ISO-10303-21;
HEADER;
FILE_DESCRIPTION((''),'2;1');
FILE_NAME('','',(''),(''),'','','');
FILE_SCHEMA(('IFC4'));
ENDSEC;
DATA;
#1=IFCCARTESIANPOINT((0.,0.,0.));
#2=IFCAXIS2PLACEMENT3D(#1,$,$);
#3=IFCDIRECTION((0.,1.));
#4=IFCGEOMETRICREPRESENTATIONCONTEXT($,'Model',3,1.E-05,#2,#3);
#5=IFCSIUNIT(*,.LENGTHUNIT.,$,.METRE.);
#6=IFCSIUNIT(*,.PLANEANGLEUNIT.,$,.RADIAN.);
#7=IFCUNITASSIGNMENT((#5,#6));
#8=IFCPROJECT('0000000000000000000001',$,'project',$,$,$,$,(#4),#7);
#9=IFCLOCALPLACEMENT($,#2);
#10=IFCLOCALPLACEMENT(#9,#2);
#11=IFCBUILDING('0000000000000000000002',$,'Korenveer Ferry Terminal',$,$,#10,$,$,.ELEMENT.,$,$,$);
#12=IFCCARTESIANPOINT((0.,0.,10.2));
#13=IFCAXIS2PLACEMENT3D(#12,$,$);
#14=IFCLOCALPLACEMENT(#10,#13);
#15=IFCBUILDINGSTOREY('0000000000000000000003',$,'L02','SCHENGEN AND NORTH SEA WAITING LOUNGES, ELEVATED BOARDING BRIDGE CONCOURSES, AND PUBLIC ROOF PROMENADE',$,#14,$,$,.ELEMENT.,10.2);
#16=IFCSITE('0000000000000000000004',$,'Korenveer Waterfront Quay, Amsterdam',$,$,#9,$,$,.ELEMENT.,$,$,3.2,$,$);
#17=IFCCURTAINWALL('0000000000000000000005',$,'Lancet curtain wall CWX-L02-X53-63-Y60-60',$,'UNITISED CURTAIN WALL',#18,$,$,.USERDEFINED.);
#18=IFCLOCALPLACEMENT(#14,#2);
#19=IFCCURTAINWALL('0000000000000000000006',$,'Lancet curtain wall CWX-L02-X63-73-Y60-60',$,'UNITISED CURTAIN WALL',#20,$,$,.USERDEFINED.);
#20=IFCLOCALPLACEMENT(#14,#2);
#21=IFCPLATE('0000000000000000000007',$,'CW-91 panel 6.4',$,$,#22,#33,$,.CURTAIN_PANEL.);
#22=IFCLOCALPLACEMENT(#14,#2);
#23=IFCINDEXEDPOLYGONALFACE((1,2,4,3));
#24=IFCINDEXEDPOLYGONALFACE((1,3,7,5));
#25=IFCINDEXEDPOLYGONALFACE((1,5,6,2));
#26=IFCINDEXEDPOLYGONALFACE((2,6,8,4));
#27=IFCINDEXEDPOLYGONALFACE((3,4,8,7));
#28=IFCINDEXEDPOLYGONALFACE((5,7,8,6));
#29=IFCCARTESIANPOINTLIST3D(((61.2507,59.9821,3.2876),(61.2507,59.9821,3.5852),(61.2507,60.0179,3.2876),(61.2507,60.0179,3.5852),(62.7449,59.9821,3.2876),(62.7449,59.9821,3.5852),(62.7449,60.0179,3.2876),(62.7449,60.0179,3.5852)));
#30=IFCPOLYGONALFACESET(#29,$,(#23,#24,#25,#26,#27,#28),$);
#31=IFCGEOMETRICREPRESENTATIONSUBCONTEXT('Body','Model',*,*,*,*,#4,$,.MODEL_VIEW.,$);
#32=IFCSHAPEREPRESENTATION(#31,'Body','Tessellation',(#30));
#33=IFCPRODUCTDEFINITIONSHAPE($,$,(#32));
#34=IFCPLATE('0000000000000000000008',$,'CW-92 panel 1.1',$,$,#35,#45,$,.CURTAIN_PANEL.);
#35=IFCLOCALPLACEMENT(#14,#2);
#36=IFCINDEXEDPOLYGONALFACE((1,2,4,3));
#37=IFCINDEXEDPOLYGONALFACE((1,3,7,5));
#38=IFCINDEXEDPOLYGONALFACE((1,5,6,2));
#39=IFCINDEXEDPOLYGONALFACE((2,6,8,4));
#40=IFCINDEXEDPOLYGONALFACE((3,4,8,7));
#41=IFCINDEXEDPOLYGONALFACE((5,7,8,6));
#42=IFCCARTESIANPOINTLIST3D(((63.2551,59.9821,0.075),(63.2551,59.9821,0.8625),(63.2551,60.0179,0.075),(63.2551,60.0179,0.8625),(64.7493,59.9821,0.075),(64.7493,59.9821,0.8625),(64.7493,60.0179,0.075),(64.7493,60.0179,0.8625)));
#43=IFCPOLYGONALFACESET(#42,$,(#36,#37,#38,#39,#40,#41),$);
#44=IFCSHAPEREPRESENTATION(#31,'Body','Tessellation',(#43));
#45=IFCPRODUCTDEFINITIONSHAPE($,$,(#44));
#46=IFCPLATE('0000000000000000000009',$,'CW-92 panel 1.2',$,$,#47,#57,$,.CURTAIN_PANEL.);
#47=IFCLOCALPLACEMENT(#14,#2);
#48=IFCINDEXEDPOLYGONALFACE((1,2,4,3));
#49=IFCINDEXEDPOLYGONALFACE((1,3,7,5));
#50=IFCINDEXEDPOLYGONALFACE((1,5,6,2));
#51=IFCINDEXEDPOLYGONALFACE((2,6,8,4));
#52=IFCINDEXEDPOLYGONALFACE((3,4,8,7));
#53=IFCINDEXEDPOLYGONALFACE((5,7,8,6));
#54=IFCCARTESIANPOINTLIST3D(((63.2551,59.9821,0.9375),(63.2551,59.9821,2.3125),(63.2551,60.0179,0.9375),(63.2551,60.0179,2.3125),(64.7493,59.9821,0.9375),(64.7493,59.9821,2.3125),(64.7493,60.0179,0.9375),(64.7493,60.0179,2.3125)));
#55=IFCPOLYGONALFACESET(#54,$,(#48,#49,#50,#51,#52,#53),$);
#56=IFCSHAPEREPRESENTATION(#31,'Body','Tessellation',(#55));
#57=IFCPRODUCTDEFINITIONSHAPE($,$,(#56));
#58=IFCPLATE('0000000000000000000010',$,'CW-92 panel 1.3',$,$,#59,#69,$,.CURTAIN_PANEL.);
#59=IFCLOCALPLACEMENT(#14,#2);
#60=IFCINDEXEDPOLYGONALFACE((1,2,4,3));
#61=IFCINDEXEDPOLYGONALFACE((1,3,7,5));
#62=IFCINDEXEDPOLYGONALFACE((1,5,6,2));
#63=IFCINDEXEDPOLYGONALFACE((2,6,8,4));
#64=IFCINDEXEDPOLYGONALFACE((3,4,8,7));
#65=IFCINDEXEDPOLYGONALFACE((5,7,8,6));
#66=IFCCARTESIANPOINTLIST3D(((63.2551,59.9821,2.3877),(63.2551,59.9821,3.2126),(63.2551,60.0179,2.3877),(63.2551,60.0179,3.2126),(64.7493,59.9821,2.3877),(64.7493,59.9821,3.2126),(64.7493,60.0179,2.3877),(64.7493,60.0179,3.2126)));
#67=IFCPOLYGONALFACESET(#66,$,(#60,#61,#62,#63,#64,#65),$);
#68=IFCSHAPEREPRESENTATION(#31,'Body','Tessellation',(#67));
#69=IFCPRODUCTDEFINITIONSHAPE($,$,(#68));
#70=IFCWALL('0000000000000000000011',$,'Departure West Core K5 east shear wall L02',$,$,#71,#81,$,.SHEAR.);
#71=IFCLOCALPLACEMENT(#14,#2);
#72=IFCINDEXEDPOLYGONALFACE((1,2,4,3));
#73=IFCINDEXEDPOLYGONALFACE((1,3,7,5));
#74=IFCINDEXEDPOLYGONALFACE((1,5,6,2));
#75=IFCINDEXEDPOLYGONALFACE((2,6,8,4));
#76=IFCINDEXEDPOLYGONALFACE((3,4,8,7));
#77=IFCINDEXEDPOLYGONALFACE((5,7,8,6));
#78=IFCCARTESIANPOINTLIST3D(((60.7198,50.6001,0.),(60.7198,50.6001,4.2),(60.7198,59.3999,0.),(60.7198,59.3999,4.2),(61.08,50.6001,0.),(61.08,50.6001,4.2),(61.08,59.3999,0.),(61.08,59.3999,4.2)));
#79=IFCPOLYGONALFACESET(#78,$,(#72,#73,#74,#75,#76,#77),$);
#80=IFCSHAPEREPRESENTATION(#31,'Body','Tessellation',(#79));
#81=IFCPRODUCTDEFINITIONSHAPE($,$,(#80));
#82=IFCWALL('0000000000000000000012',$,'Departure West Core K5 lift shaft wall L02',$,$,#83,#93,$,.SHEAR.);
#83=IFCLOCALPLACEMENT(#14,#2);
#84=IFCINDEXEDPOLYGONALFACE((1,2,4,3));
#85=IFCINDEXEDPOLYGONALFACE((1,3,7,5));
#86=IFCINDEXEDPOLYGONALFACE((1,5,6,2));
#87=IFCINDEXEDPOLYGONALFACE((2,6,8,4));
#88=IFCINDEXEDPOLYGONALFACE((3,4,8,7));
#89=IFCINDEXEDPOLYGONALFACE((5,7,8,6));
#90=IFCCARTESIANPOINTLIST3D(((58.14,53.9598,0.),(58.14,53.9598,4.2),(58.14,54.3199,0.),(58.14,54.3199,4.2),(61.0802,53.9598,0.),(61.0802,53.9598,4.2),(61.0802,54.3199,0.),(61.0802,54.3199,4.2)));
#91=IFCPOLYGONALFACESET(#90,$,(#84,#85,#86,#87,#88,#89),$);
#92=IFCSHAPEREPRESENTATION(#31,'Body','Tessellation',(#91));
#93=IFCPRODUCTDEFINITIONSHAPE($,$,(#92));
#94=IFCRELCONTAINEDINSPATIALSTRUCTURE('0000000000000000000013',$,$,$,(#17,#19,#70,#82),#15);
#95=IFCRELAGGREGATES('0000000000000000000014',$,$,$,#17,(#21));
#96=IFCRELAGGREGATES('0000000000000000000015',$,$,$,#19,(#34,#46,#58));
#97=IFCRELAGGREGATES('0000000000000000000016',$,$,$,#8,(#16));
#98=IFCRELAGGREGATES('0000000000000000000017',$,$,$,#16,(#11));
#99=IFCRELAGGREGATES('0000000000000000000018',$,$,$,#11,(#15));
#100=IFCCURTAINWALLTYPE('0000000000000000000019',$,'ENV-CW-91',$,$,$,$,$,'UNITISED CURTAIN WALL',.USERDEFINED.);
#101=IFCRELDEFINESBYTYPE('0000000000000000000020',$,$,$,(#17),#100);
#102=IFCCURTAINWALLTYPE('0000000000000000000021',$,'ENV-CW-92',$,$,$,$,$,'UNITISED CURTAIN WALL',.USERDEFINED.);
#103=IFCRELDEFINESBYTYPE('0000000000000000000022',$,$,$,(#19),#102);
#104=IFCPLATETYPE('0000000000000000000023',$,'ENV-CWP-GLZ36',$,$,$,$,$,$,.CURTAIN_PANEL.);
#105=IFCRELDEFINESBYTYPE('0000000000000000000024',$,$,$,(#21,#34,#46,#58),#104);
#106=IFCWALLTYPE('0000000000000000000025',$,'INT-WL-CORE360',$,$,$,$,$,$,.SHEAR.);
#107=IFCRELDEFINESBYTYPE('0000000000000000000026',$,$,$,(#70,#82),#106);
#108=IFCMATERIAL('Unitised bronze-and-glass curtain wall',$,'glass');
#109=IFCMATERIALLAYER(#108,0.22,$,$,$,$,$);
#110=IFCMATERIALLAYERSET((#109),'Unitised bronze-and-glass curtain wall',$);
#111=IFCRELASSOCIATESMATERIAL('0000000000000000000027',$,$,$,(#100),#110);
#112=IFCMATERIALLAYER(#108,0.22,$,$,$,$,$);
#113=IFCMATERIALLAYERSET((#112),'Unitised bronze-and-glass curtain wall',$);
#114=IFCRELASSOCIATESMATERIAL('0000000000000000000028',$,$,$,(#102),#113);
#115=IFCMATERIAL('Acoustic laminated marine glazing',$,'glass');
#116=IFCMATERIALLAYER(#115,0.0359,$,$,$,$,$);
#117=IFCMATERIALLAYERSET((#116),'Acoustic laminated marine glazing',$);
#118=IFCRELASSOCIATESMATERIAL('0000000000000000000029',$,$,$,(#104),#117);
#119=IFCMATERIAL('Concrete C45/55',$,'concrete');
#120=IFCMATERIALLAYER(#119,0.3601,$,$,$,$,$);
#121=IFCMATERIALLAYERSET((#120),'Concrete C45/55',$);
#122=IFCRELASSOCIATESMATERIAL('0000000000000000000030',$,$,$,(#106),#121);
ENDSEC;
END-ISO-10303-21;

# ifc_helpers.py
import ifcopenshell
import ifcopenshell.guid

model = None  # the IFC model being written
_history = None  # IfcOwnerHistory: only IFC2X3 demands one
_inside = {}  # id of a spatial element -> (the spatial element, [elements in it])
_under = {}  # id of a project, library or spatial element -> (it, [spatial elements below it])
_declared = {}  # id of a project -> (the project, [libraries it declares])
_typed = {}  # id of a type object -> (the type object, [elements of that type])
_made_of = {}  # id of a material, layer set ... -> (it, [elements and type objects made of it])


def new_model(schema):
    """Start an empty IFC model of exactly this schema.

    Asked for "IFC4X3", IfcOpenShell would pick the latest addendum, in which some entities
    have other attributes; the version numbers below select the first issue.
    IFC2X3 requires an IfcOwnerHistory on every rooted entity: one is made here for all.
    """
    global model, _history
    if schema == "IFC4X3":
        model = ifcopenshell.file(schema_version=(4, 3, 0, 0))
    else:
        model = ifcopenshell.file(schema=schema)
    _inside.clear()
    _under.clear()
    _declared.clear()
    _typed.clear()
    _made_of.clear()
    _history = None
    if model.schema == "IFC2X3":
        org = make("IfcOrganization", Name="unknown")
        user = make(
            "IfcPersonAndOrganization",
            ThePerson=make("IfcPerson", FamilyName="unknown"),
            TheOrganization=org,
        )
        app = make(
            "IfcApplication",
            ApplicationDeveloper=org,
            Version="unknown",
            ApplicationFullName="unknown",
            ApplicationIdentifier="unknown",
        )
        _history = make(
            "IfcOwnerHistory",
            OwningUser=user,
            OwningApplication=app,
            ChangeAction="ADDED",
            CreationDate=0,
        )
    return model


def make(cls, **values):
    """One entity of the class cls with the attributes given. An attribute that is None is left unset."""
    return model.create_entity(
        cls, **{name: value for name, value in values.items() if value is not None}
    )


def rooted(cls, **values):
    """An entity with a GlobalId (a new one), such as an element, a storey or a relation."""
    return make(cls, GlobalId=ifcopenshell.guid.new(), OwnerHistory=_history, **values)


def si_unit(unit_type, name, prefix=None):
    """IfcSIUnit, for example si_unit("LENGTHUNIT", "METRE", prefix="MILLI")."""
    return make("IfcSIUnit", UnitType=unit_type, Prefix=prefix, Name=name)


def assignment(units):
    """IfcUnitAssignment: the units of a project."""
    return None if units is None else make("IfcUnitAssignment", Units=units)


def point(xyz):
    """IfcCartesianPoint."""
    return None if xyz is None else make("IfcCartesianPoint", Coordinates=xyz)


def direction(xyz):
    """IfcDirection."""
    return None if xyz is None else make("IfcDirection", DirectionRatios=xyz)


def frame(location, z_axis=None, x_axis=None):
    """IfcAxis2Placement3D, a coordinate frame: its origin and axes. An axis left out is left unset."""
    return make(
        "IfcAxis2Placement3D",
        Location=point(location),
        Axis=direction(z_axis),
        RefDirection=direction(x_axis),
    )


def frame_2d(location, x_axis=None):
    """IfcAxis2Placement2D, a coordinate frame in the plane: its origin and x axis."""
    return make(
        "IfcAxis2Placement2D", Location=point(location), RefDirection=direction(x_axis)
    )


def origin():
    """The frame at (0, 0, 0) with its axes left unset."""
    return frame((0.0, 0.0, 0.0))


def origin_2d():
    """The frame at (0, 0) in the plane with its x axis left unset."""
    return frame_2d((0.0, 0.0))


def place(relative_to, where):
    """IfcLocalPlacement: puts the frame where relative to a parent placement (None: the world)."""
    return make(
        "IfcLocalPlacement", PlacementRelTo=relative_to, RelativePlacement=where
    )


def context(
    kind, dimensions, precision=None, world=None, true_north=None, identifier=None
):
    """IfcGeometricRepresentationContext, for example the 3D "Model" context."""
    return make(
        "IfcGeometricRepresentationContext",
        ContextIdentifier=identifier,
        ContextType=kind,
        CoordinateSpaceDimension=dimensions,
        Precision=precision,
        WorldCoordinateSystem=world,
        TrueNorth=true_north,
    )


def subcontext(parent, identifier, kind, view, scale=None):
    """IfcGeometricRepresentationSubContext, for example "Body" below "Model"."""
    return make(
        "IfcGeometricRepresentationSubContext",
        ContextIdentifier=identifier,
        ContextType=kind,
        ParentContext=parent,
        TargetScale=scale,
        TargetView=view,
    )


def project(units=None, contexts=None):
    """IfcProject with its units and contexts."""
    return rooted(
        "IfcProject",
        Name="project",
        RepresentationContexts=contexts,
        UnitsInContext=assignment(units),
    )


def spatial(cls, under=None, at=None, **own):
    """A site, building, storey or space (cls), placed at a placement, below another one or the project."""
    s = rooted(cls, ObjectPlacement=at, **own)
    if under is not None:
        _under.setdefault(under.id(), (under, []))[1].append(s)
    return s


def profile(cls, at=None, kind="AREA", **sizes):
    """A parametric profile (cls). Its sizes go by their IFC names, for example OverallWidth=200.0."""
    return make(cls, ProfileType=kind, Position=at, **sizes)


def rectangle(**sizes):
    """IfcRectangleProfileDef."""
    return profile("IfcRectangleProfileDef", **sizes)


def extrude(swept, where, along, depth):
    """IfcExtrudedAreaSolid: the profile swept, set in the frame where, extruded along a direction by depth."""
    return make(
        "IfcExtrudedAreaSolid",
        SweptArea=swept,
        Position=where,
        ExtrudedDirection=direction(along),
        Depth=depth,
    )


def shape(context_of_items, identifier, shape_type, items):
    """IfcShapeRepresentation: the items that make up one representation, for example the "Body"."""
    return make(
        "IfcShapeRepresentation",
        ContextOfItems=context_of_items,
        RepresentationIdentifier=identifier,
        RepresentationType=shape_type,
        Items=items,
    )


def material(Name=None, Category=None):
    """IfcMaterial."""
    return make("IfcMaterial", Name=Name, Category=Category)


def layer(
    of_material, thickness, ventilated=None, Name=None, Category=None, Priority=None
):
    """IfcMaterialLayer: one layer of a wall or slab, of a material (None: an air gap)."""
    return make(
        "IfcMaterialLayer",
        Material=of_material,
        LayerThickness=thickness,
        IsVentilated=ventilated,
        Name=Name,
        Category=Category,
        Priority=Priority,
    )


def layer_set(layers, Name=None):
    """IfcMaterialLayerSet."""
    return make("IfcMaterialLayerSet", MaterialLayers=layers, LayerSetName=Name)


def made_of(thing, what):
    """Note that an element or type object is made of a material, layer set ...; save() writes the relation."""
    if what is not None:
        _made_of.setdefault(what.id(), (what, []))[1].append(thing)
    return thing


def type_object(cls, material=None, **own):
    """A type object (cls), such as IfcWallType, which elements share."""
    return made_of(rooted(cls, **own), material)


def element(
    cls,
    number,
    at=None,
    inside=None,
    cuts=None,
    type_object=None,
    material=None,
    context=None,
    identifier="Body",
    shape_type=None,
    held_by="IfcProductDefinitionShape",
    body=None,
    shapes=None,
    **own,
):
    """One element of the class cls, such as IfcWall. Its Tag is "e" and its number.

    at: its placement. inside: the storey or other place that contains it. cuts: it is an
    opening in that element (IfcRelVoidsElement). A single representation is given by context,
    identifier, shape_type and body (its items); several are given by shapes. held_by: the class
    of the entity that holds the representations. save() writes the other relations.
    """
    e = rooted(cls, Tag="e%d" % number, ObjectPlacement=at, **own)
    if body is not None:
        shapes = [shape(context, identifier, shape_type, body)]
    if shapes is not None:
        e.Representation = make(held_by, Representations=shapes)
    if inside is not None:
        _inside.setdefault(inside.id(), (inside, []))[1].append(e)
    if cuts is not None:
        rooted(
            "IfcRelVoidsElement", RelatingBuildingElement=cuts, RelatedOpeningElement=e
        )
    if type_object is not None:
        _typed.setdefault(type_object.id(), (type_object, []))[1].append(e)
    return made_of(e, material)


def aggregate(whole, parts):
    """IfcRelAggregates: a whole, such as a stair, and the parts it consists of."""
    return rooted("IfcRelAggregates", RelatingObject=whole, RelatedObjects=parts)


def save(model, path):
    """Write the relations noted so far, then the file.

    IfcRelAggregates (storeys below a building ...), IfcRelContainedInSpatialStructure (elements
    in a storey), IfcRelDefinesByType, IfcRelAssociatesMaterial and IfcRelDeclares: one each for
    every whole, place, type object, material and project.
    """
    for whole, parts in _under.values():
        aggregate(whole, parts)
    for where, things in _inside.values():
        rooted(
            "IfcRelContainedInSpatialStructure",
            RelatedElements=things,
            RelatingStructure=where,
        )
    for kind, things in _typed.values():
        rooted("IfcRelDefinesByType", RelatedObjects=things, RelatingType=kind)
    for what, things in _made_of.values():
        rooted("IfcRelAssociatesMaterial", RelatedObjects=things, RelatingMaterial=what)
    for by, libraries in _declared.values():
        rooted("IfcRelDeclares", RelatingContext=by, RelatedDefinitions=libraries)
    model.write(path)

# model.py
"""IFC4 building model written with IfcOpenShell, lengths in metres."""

from ifc_helpers import new_model, si_unit, direction, frame, frame_2d, origin, origin_2d, place, context, subcontext, project, spatial, rectangle, extrude, material, layer, layer_set, type_object, element, aggregate, save


model = new_model("IFC4")

# Units and contexts
model_context = context("Model", 3, precision=1e-05, world=origin(), true_north=direction((0.0, 1.0)))
body_context = subcontext(model_context, "Body", "Model", "MODEL_VIEW")
ifc_project = project(units=[si_unit("LENGTHUNIT", "METRE"), si_unit("PLANEANGLEUNIT", "RADIAN")], contexts=[model_context])

# Site, building, storey
site_placement = place(None, origin())
site = spatial("IfcSite", under=ifc_project, at=site_placement, Name="Korenveer Waterfront Quay, Amsterdam", CompositionType="ELEMENT", RefElevation=3.2)
building_placement = place(site_placement, origin())
building = spatial("IfcBuilding", under=site, at=building_placement, Name="Korenveer Ferry Terminal", CompositionType="ELEMENT")
storey_placement = place(building_placement, frame((0.0, 0.0, 10.2)))
storey = spatial("IfcBuildingStorey", under=building, at=storey_placement, Name="L02", Description="SCHENGEN AND NORTH SEA WAITING LOUNGES, ELEVATED BOARDING BRIDGE CONCOURSES, AND PUBLIC ROOF PROMENADE", CompositionType="ELEMENT", Elevation=10.2)

# Curtain wall
ifc_material_1 = material(Name="Unitised bronze-and-glass curtain wall", Category="glass")
ifc_layer_1 = layer(ifc_material_1, 0.22)
ifc_layer_set_1 = layer_set([ifc_layer_1], Name="Unitised bronze-and-glass curtain wall")
curtain_wall_type_1 = type_object("IfcCurtainWallType", Name="ENV-CW-91", ElementType="UNITISED CURTAIN WALL", PredefinedType="USERDEFINED", material=ifc_layer_set_1)
curtain_wall_1_placement = place(storey_placement, frame((53.1799, 60.0, 0.0)))
curtain_wall_1 = element("IfcCurtainWall", 1, at=curtain_wall_1_placement, inside=storey, type_object=curtain_wall_type_1, Name="Lancet curtain wall CWX-L02-X53-63-Y60-60", ObjectType="UNITISED CURTAIN WALL", PredefinedType="USERDEFINED")

# Curtain wall
ifc_layer_2 = layer(ifc_material_1, 0.22)
ifc_layer_set_2 = layer_set([ifc_layer_2], Name="Unitised bronze-and-glass curtain wall")
curtain_wall_type_2 = type_object("IfcCurtainWallType", Name="ENV-CW-92", ElementType="UNITISED CURTAIN WALL", PredefinedType="USERDEFINED", material=ifc_layer_set_2)
curtain_wall_2_placement = place(storey_placement, frame((63.1799, 60.0, 0.0)))
curtain_wall_2 = element("IfcCurtainWall", 2, at=curtain_wall_2_placement, inside=storey, type_object=curtain_wall_type_2, Name="Lancet curtain wall CWX-L02-X63-73-Y60-60", ObjectType="UNITISED CURTAIN WALL", PredefinedType="USERDEFINED")

# Plates
ifc_material_2 = material(Name="Acoustic laminated marine glazing", Category="glass")
ifc_layer_3 = layer(ifc_material_2, 0.0359)
ifc_layer_set_3 = layer_set([ifc_layer_3], Name="Acoustic laminated marine glazing")
plate_type = type_object("IfcPlateType", Name="ENV-CWP-GLZ36", PredefinedType="CURTAIN_PANEL", material=ifc_layer_set_3)
plate_1_placement = place(storey_placement, frame((61.9978, 60.0, 3.2876), z_axis=(0.0, 0.0, 1.0), x_axis=(1.0, 0.0, 0.0)))
plate_1 = element("IfcPlate", 3, at=plate_1_placement, type_object=plate_type, Name="CW-91 panel 6.4", PredefinedType="CURTAIN_PANEL", context=body_context, shape_type="SweptSolid", body=[
    extrude(rectangle(XDim=1.4941, YDim=0.0359, at=origin_2d()), origin(), (0.0, 0.0, 1.0), 0.2976),
])
aggregate(curtain_wall_1, [plate_1])
plate_2_placement = place(storey_placement, frame((64.0022, 60.0, 0.075), z_axis=(0.0, 0.0, 1.0), x_axis=(1.0, 0.0, 0.0)))
plate_2 = element("IfcPlate", 4, at=plate_2_placement, type_object=plate_type, Name="CW-92 panel 1.1", PredefinedType="CURTAIN_PANEL", context=body_context, shape_type="SweptSolid", body=[
    extrude(rectangle(XDim=1.4941, YDim=0.0359, at=origin_2d()), origin(), (0.0, 0.0, 1.0), 0.7876),
])
plate_3_placement = place(storey_placement, frame((64.0022, 60.0, 0.9375), z_axis=(0.0, 0.0, 1.0), x_axis=(1.0, 0.0, 0.0)))
plate_3 = element("IfcPlate", 5, at=plate_3_placement, type_object=plate_type, Name="CW-92 panel 1.2", PredefinedType="CURTAIN_PANEL", context=body_context, shape_type="SweptSolid", body=[
    extrude(rectangle(XDim=1.4941, YDim=0.0359, at=origin_2d()), origin(), (0.0, 0.0, 1.0), 1.375),
])
plate_4_placement = place(storey_placement, frame((64.0022, 60.0, 2.3877), z_axis=(0.0, 0.0, 1.0), x_axis=(1.0, 0.0, 0.0)))
plate_4 = element("IfcPlate", 6, at=plate_4_placement, type_object=plate_type, Name="CW-92 panel 1.3", PredefinedType="CURTAIN_PANEL", context=body_context, shape_type="SweptSolid", body=[
    extrude(rectangle(XDim=1.4941, YDim=0.0359, at=origin_2d()), origin(), (0.0, 0.0, 1.0), 0.825),
])
aggregate(curtain_wall_2, [plate_2, plate_3, plate_4])

# Walls
ifc_material_3 = material(Name="Concrete C45/55", Category="concrete")
ifc_layer_4 = layer(ifc_material_3, 0.3601)
ifc_layer_set_4 = layer_set([ifc_layer_4], Name="Concrete C45/55")
wall_type = type_object("IfcWallType", Name="INT-WL-CORE360", PredefinedType="SHEAR", material=ifc_layer_set_4)
wall_1_placement = place(storey_placement, frame((60.8999, 50.6001, 0.0), z_axis=(0.0, 0.0, 1.0), x_axis=(0.0, 1.0, 0.0)))
element("IfcWall", 7, at=wall_1_placement, inside=storey, type_object=wall_type, Name="Departure West Core K5 east shear wall L02", PredefinedType="SHEAR", context=body_context, shape_type="SweptSolid", body=[
    extrude(rectangle(XDim=8.7998, YDim=0.3601, at=frame_2d((4.3999, 0.0))), origin(), (0.0, 0.0, 1.0), 4.2),
])
wall_2_placement = place(storey_placement, frame((58.1399, 54.1399, 0.0), z_axis=(0.0, 0.0, 1.0), x_axis=(1.0, 0.0, 0.0)))
element("IfcWall", 8, at=wall_2_placement, inside=storey, type_object=wall_type, Name="Departure West Core K5 lift shaft wall L02", PredefinedType="SHEAR", context=body_context, shape_type="SweptSolid", body=[
    extrude(rectangle(XDim=2.9402, YDim=0.3601, at=frame_2d((1.4702, 0.0))), origin(), (0.0, 0.0, 1.0), 4.2),
])

save(model, "model.ifc")
